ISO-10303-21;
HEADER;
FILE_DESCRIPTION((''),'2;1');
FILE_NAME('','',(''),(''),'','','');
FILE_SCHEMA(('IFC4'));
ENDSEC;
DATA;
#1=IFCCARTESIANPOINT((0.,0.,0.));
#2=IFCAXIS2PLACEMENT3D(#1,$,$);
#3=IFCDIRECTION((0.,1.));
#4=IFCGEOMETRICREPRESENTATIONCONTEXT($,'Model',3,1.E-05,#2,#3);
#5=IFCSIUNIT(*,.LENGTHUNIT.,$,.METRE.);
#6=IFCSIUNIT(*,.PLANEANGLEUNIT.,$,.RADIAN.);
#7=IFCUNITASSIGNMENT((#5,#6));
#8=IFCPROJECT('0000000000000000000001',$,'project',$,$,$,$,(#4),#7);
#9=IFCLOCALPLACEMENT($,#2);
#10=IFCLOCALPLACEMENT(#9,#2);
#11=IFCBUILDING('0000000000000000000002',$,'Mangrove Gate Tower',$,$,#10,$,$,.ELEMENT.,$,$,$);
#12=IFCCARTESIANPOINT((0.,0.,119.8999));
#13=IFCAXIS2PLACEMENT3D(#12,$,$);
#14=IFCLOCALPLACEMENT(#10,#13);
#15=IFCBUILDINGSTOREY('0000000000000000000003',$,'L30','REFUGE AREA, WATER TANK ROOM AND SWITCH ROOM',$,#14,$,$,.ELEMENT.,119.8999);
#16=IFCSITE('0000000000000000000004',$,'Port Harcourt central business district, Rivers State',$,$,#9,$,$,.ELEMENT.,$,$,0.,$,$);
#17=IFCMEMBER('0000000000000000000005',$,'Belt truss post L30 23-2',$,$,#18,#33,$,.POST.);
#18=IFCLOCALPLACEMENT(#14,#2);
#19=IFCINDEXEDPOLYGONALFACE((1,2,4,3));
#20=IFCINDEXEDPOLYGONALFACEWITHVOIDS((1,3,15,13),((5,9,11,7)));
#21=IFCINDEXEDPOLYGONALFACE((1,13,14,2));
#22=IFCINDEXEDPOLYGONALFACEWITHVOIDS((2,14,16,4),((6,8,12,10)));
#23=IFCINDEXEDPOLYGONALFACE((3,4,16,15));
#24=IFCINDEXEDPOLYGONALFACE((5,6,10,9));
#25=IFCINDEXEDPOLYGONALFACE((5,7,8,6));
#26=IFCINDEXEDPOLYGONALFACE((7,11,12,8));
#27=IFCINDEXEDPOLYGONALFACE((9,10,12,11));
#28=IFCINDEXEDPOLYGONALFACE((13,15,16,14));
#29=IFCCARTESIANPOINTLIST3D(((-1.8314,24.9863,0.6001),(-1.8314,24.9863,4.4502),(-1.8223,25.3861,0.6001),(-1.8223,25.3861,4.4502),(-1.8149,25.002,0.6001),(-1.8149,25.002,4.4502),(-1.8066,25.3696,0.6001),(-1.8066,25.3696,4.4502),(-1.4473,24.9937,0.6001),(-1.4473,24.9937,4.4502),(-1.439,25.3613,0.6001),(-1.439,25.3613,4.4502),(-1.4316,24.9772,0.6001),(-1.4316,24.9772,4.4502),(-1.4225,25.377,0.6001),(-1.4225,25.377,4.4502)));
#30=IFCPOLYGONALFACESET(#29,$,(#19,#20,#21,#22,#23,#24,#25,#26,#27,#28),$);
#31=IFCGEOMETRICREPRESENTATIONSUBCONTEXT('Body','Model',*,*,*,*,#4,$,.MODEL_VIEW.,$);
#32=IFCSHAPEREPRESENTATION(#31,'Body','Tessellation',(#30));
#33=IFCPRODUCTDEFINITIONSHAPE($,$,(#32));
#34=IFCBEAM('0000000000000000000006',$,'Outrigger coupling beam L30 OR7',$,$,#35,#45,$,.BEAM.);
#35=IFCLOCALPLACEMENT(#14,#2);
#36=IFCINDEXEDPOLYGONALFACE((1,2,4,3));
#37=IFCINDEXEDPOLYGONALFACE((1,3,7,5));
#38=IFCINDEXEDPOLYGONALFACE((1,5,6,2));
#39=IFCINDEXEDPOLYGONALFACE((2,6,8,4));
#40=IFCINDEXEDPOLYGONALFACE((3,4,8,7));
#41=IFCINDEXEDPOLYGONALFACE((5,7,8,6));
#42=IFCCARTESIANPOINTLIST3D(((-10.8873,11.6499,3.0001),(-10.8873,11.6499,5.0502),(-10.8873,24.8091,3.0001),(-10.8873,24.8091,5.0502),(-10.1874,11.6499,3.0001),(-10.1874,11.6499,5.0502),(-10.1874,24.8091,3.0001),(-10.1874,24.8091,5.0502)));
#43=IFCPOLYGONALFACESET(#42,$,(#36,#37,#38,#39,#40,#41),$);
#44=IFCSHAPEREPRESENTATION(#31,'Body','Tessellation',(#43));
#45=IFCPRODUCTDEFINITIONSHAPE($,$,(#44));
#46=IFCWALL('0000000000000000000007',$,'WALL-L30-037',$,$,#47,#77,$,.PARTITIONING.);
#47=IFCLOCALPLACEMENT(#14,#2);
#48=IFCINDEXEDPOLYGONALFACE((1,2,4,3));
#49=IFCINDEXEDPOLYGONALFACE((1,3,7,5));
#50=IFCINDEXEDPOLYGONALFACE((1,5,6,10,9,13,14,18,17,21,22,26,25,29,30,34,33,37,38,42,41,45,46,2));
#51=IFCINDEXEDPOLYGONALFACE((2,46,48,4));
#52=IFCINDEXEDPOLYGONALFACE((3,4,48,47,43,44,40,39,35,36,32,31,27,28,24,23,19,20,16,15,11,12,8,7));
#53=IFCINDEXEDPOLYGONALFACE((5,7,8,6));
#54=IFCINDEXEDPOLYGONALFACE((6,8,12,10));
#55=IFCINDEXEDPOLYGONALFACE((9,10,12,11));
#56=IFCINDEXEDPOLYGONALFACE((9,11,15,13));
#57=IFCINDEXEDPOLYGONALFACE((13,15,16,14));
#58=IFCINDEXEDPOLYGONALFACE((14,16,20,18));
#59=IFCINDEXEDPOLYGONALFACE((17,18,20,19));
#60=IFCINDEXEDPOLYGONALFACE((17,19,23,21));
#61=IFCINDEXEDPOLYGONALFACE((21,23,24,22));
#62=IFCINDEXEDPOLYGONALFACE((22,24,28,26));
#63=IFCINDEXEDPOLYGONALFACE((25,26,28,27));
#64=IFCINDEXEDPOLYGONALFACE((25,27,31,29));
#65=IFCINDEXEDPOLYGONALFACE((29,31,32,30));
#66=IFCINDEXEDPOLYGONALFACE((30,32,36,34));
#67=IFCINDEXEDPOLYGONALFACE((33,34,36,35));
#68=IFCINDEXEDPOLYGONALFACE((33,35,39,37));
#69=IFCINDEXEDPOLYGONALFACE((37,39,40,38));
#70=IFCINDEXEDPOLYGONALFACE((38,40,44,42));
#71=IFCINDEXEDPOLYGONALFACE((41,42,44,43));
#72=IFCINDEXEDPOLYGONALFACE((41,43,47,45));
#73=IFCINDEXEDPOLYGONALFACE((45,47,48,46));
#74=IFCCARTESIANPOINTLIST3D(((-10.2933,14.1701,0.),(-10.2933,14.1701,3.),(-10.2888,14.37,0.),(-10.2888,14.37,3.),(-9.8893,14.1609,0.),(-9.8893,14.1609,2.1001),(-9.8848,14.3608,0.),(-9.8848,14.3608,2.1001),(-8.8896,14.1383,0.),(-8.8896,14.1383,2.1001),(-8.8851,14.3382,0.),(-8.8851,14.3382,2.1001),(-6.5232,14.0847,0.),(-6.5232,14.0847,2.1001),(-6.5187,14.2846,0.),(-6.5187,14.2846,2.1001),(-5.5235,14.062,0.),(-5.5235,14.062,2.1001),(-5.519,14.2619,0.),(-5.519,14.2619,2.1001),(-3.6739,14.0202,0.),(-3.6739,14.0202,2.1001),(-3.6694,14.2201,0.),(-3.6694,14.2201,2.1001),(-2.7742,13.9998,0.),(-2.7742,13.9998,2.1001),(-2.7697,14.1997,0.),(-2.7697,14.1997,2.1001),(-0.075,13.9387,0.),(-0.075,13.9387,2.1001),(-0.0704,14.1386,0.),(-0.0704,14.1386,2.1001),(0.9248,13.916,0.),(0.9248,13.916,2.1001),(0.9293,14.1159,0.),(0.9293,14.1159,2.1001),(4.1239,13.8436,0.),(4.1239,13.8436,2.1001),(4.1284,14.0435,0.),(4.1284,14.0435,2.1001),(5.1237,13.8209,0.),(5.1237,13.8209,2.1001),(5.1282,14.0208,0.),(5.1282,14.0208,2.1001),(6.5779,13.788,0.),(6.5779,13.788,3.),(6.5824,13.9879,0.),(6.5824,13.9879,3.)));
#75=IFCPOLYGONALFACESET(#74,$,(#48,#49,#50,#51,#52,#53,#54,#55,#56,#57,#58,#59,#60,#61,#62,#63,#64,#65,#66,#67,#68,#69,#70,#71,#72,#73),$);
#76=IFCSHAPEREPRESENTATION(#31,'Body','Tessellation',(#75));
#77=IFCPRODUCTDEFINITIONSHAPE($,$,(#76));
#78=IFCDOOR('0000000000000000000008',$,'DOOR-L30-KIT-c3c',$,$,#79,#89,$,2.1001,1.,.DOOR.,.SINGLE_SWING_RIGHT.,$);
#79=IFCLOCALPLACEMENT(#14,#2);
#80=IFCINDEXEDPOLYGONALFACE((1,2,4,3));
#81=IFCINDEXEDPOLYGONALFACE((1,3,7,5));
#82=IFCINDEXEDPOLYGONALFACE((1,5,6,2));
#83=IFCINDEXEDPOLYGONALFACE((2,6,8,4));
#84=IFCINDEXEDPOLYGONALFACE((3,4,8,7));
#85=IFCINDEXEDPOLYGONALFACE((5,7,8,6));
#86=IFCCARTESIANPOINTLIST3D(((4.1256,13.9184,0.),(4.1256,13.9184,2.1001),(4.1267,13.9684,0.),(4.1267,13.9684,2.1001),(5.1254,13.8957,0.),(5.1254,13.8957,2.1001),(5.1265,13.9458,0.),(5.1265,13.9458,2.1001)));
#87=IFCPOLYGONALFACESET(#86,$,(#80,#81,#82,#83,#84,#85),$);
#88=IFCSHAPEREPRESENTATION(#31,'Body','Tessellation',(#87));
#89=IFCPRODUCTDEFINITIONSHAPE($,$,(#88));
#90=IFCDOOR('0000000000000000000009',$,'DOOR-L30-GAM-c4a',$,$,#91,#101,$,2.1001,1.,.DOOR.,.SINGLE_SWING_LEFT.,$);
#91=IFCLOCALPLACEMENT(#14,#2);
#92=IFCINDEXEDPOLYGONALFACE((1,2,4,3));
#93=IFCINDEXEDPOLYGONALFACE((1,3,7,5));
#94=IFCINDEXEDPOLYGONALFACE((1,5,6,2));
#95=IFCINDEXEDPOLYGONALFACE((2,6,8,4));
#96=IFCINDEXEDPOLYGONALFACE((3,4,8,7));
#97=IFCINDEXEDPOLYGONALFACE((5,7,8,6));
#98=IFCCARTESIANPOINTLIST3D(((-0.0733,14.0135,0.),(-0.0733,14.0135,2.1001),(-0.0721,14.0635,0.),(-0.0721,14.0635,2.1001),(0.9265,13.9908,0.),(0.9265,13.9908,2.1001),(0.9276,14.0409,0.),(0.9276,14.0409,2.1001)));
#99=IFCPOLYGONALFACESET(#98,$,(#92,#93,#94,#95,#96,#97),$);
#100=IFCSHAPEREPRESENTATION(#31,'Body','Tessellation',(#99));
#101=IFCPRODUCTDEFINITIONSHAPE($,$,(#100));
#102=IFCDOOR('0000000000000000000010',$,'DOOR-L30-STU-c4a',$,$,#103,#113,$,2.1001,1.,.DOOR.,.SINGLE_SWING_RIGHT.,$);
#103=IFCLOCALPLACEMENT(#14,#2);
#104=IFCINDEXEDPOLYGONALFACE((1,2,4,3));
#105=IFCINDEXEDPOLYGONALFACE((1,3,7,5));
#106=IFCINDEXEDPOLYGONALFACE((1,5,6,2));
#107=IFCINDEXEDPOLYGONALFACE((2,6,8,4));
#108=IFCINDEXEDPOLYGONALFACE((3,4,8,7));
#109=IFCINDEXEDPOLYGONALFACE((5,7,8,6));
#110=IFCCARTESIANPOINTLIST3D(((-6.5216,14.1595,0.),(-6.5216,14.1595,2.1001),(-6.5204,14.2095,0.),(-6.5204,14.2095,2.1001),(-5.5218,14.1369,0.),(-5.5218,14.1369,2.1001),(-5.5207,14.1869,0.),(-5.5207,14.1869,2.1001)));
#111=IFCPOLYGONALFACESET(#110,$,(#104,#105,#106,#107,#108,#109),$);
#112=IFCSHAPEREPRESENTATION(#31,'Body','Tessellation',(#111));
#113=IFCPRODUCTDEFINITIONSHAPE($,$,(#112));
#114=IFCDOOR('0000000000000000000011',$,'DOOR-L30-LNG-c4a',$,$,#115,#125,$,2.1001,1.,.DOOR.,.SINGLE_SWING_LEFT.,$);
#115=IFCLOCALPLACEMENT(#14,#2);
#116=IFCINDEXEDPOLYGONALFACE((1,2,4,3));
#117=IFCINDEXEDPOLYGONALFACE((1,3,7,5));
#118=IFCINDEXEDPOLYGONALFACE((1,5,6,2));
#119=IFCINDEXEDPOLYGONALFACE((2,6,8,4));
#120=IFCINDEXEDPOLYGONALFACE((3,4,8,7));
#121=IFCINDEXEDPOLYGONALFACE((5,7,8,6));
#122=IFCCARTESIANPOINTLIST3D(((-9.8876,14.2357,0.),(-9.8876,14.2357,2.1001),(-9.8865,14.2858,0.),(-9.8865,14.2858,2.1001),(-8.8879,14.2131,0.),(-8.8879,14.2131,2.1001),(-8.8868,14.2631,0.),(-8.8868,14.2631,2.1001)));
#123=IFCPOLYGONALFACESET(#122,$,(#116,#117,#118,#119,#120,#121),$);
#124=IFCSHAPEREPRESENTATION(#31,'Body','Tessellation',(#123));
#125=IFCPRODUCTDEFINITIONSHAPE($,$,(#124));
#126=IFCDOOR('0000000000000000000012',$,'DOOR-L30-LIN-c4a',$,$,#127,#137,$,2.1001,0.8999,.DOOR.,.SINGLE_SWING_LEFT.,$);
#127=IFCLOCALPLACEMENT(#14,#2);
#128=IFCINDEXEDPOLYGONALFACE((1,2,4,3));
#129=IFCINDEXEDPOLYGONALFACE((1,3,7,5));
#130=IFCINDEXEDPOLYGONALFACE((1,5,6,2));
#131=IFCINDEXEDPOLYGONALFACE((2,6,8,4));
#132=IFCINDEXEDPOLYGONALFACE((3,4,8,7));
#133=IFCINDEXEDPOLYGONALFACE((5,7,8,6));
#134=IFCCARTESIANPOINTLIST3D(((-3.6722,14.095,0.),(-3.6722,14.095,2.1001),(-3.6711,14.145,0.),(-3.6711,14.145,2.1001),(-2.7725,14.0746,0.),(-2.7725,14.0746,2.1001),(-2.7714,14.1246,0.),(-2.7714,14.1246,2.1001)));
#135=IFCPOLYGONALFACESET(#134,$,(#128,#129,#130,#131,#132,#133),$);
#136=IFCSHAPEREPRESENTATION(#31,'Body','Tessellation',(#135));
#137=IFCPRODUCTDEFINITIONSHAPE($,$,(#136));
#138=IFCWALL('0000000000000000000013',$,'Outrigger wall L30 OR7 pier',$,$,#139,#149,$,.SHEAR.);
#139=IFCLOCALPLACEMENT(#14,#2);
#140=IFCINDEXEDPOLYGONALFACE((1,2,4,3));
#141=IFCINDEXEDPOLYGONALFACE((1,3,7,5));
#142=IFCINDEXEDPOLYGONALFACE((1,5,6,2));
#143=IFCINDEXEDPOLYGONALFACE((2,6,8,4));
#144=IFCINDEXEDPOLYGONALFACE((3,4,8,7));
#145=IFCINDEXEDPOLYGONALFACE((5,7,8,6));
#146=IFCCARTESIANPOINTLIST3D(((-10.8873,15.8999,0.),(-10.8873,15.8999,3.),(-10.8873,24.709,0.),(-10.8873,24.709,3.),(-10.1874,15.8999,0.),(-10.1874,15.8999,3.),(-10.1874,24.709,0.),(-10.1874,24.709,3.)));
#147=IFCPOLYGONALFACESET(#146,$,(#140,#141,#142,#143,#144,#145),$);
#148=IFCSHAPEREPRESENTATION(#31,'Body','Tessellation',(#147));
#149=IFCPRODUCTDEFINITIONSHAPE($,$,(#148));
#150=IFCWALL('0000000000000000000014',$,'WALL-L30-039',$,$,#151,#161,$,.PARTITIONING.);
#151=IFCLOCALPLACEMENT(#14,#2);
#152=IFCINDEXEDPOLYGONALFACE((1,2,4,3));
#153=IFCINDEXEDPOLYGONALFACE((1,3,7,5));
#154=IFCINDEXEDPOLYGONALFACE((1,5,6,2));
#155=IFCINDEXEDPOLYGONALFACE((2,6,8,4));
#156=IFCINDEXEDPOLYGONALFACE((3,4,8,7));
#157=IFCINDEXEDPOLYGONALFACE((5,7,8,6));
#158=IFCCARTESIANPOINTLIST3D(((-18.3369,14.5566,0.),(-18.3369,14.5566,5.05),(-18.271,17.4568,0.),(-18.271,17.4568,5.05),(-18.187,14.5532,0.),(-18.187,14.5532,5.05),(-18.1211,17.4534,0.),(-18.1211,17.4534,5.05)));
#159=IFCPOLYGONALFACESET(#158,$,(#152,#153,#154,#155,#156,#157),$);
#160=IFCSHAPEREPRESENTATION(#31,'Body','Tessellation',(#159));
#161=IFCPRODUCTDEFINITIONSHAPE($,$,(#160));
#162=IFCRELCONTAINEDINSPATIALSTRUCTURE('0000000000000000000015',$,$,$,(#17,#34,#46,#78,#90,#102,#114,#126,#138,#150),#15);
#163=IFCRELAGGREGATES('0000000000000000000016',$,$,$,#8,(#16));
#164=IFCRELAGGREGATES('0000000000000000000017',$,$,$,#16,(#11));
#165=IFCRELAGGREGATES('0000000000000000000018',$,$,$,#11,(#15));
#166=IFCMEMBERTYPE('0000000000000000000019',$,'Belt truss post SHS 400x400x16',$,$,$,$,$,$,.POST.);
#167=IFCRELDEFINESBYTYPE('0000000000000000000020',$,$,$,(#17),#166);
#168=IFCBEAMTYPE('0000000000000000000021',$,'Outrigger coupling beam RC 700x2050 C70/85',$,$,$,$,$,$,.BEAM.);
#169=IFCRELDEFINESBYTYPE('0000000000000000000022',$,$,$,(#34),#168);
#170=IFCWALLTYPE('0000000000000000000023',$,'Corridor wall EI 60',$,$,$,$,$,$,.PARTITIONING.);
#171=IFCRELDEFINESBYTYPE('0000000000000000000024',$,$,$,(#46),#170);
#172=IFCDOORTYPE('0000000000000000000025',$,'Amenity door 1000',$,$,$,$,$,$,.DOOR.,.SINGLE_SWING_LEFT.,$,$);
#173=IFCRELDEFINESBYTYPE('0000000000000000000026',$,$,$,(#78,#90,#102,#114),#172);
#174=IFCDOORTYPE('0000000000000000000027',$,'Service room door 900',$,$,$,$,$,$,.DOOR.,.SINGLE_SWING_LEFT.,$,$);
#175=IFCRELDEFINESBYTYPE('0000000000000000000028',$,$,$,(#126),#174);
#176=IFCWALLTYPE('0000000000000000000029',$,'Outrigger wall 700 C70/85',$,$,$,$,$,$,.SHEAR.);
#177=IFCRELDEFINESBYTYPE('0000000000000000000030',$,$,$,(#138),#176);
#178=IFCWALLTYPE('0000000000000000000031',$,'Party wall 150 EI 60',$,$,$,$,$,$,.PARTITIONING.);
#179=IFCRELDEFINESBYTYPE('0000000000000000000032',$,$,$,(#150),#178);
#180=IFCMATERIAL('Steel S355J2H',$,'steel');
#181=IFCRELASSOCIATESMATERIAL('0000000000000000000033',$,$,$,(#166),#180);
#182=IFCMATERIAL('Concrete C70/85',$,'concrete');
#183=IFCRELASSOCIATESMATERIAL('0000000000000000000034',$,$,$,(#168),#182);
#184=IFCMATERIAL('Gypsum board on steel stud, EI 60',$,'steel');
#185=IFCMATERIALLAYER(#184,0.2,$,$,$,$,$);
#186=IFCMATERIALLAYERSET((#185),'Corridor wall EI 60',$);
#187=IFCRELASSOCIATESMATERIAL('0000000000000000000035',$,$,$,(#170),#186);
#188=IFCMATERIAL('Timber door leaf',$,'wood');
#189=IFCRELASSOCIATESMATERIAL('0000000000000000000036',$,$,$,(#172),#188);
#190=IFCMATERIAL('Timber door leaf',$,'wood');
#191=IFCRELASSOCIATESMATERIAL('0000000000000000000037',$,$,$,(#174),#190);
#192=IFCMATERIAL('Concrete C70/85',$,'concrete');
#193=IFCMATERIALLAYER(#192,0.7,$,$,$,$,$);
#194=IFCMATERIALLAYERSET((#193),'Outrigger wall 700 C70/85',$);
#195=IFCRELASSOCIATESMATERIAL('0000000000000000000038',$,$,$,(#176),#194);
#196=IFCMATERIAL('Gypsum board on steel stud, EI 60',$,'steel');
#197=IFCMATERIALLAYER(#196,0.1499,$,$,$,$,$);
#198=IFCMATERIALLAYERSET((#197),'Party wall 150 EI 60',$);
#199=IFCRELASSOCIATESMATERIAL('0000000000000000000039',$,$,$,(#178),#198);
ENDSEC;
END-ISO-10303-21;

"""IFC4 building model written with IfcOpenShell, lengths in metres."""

from ifc_helpers import new_model, si_unit, direction, frame, frame_2d, origin, origin_2d, place, context, subcontext, project, spatial, rectangle, hollow_rectangle, extrude, material, layer, layer_set, material_profile, profile_set, type_object, element, fill, save


model = new_model("IFC4")

# Units and contexts
model_context = context("Model", 3, precision=1e-05, world=origin(), true_north=direction((0.0, 1.0)))
body_context = subcontext(model_context, "Body", "Model", "MODEL_VIEW")
ifc_project = project(units=[si_unit("LENGTHUNIT", "METRE"), si_unit("PLANEANGLEUNIT", "RADIAN")], contexts=[model_context])

# Site, building, storey
site_placement = place(None, origin())
site = spatial("IfcSite", under=ifc_project, at=site_placement, Name="Port Harcourt central business district, Rivers State", CompositionType="ELEMENT", RefElevation=0.0)
building_placement = place(site_placement, origin())
building = spatial("IfcBuilding", under=site, at=building_placement, Name="Mangrove Gate Tower", CompositionType="ELEMENT")
storey_placement = place(building_placement, frame((0.0, 0.0, 119.8999)))
storey = spatial("IfcBuildingStorey", under=building, at=storey_placement, Name="L30", Description="REFUGE AREA, WATER TANK ROOM AND SWITCH ROOM", CompositionType="ELEMENT", Elevation=119.8999)

# Member
ifc_material_1 = material(Name="Steel S355J2H", Category="steel")
ifc_material_profile_1 = material_profile(ifc_material_1, hollow_rectangle(XDim=0.3999, YDim=0.3999, WallThickness=0.0161, at=origin_2d()))
ifc_profile_set_1 = profile_set([ifc_material_profile_1], Name="Steel S355J2H")
member_type = type_object("IfcMemberType", Name="Belt truss post SHS 400x400x16", PredefinedType="POST", material=ifc_profile_set_1)
member_placement = place(storey_placement, frame((-1.627, 25.1816, 0.6001), z_axis=(0.0, 0.0, 1.0), x_axis=(-0.999742, 0.022714, 0.0)))
element("IfcMember", 1, at=member_placement, inside=storey, type_object=member_type, Name="Belt truss post L30 23-2", PredefinedType="POST", context=body_context, shape_type="SweptSolid", body=[
    extrude(hollow_rectangle(XDim=0.3999, YDim=0.3999, WallThickness=0.0161, at=origin_2d()), origin(), (0.0, 0.0, 1.0), 3.8501),
])

# Beam
ifc_material_2 = material(Name="Concrete C70/85", Category="concrete")
ifc_material_profile_2 = material_profile(ifc_material_2, rectangle(XDim=0.7, YDim=2.05, at=origin_2d()))
ifc_profile_set_2 = profile_set([ifc_material_profile_2], Name="Concrete C70/85")
beam_type = type_object("IfcBeamType", Name="Outrigger coupling beam RC 700x2050 C70/85", PredefinedType="BEAM", material=ifc_profile_set_2)
beam_placement = place(storey_placement, frame((-10.5374, 11.6499, 4.0251), z_axis=(0.0, 1.0, 0.0), x_axis=(-1.0, 0.0, 0.0)))
element("IfcBeam", 2, at=beam_placement, inside=storey, type_object=beam_type, Name="Outrigger coupling beam L30 OR7", PredefinedType="BEAM", context=body_context, shape_type="SweptSolid", body=[
    extrude(rectangle(XDim=0.7, YDim=2.05, at=origin_2d()), origin(), (0.0, 0.0, 1.0), 13.1592),
])

# Wall, openings, doors
ifc_material_3 = material(Name="Gypsum board on steel stud, EI 60", Category="steel")
ifc_layer_1 = layer(ifc_material_3, 0.2)
ifc_layer_set_1 = layer_set([ifc_layer_1], Name="Corridor wall EI 60")
wall_type_1 = type_object("IfcWallType", Name="Corridor wall EI 60", PredefinedType="PARTITIONING", material=ifc_layer_set_1)
wall_1_placement = place(storey_placement, frame((-10.291, 14.27, 0.0), z_axis=(0.0, 0.0, 1.0), x_axis=(0.999744, -0.022641, 0.0)))
wall_1 = element("IfcWall", 3, at=wall_1_placement, inside=storey, type_object=wall_type_1, Name="WALL-L30-037", PredefinedType="PARTITIONING", context=body_context, shape_type="SweptSolid", body=[
    extrude(rectangle(XDim=16.8755, YDim=0.2, at=frame_2d((8.4377, 0.0))), origin(), (0.0, 0.0, 1.0), 3.0),
])
opening_1_placement = place(wall_1_placement, frame((14.4209, 0.0, 0.0)))
opening_1 = element("IfcOpeningElement", 4, at=opening_1_placement, cuts=wall_1, PredefinedType="OPENING", context=body_context, shape_type="SweptSolid", body=[
    extrude(rectangle(XDim=1.0, YDim=2.1001, at=frame_2d((0.5, 1.05))), frame((0.0, 0.1099, 0.0), z_axis=(0.0, -1.0, 0.0), x_axis=(1.0, 0.0, 0.0)), (0.0, 0.0, 1.0), 0.22),
])
opening_2_placement = place(wall_1_placement, frame((10.2209, 0.0, 0.0)))
opening_2 = element("IfcOpeningElement", 5, at=opening_2_placement, cuts=wall_1, PredefinedType="OPENING", context=body_context, shape_type="SweptSolid", body=[
    extrude(rectangle(XDim=1.0, YDim=2.1001, at=frame_2d((0.5, 1.05))), frame((0.0, 0.1099, 0.0), z_axis=(0.0, -1.0, 0.0), x_axis=(1.0, 0.0, 0.0)), (0.0, 0.0, 1.0), 0.22),
])
opening_3_placement = place(wall_1_placement, frame((6.6211, 0.0, 0.0)))
opening_3 = element("IfcOpeningElement", 6, at=opening_3_placement, cuts=wall_1, PredefinedType="OPENING", context=body_context, shape_type="SweptSolid", body=[
    extrude(rectangle(XDim=0.8999, YDim=2.1001, at=frame_2d((0.45, 1.05))), frame((0.0, 0.1099, 0.0), z_axis=(0.0, -1.0, 0.0), x_axis=(1.0, 0.0, 0.0)), (0.0, 0.0, 1.0), 0.22),
])
opening_4_placement = place(wall_1_placement, frame((3.771, 0.0, 0.0)))
opening_4 = element("IfcOpeningElement", 7, at=opening_4_placement, cuts=wall_1, PredefinedType="OPENING", context=body_context, shape_type="SweptSolid", body=[
    extrude(rectangle(XDim=1.0, YDim=2.1001, at=frame_2d((0.5, 1.05))), frame((0.0, 0.1099, 0.0), z_axis=(0.0, -1.0, 0.0), x_axis=(1.0, 0.0, 0.0)), (0.0, 0.0, 1.0), 0.22),
])
opening_5_placement = place(wall_1_placement, frame((0.4041, 0.0, 0.0)))
opening_5 = element("IfcOpeningElement", 8, at=opening_5_placement, cuts=wall_1, PredefinedType="OPENING", context=body_context, shape_type="SweptSolid", body=[
    extrude(rectangle(XDim=1.0, YDim=2.1001, at=frame_2d((0.5, 1.05))), frame((0.0, 0.1099, 0.0), z_axis=(0.0, -1.0, 0.0), x_axis=(1.0, 0.0, 0.0)), (0.0, 0.0, 1.0), 0.22),
])
ifc_material_4 = material(Name="Timber door leaf", Category="wood")
door_type_1 = type_object("IfcDoorType", Name="Amenity door 1000", OperationType="SINGLE_SWING_LEFT", PredefinedType="DOOR", material=ifc_material_4)
door_1_placement = place(opening_1_placement, origin())
door_1 = element("IfcDoor", 9, at=door_1_placement, inside=storey, type_object=door_type_1, Name="DOOR-L30-KIT-c3c", OperationType="SINGLE_SWING_RIGHT", OverallHeight=2.1001, OverallWidth=1.0, PredefinedType="DOOR", context=body_context, shape_type="SweptSolid", body=[
    extrude(rectangle(XDim=1.0, YDim=2.1001, at=frame_2d((0.5, 1.05))), frame((0.0, 0.0249, 0.0), z_axis=(0.0, -1.0, 0.0), x_axis=(1.0, 0.0, 0.0)), (0.0, 0.0, 1.0), 0.05),
])
fill(opening_1, door_1)
door_2_placement = place(opening_2_placement, origin())
door_2 = element("IfcDoor", 10, at=door_2_placement, inside=storey, type_object=door_type_1, Name="DOOR-L30-GAM-c4a", OperationType="SINGLE_SWING_LEFT", OverallHeight=2.1001, OverallWidth=1.0, PredefinedType="DOOR", context=body_context, shape_type="SweptSolid", body=[
    extrude(rectangle(XDim=1.0, YDim=2.1001, at=frame_2d((0.5, 1.05))), frame((0.0, 0.0249, 0.0), z_axis=(0.0, -1.0, 0.0), x_axis=(1.0, 0.0, 0.0)), (0.0, 0.0, 1.0), 0.05),
])
fill(opening_2, door_2)
door_3_placement = place(opening_4_placement, origin())
door_3 = element("IfcDoor", 11, at=door_3_placement, inside=storey, type_object=door_type_1, Name="DOOR-L30-STU-c4a", OperationType="SINGLE_SWING_RIGHT", OverallHeight=2.1001, OverallWidth=1.0, PredefinedType="DOOR", context=body_context, shape_type="SweptSolid", body=[
    extrude(rectangle(XDim=1.0, YDim=2.1001, at=frame_2d((0.5, 1.05))), frame((0.0, 0.0249, 0.0), z_axis=(0.0, -1.0, 0.0), x_axis=(1.0, 0.0, 0.0)), (0.0, 0.0, 1.0), 0.05),
])
fill(opening_4, door_3)
door_4_placement = place(opening_5_placement, origin())
door_4 = element("IfcDoor", 12, at=door_4_placement, inside=storey, type_object=door_type_1, Name="DOOR-L30-LNG-c4a", OperationType="SINGLE_SWING_LEFT", OverallHeight=2.1001, OverallWidth=1.0, PredefinedType="DOOR", context=body_context, shape_type="SweptSolid", body=[
    extrude(rectangle(XDim=1.0, YDim=2.1001, at=frame_2d((0.5, 1.05))), frame((0.0, 0.0249, 0.0), z_axis=(0.0, -1.0, 0.0), x_axis=(1.0, 0.0, 0.0)), (0.0, 0.0, 1.0), 0.05),
])
fill(opening_5, door_4)
ifc_material_5 = material(Name="Timber door leaf", Category="wood")
door_type_2 = type_object("IfcDoorType", Name="Service room door 900", OperationType="SINGLE_SWING_LEFT", PredefinedType="DOOR", material=ifc_material_5)
door_5_placement = place(opening_3_placement, origin())
door_5 = element("IfcDoor", 13, at=door_5_placement, inside=storey, type_object=door_type_2, Name="DOOR-L30-LIN-c4a", OperationType="SINGLE_SWING_LEFT", OverallHeight=2.1001, OverallWidth=0.8999, PredefinedType="DOOR", context=body_context, shape_type="SweptSolid", body=[
    extrude(rectangle(XDim=0.8999, YDim=2.1001, at=frame_2d((0.45, 1.05))), frame((0.0, 0.0249, 0.0), z_axis=(0.0, -1.0, 0.0), x_axis=(1.0, 0.0, 0.0)), (0.0, 0.0, 1.0), 0.05),
])
fill(opening_3, door_5)

# Walls
ifc_material_6 = material(Name="Concrete C70/85", Category="concrete")
ifc_layer_2 = layer(ifc_material_6, 0.7)
ifc_layer_set_2 = layer_set([ifc_layer_2], Name="Outrigger wall 700 C70/85")
wall_type_2 = type_object("IfcWallType", Name="Outrigger wall 700 C70/85", PredefinedType="SHEAR", material=ifc_layer_set_2)
wall_2_placement = place(storey_placement, frame((-10.5374, 15.8999, 0.0), z_axis=(0.0, 0.0, 1.0), x_axis=(0.0, 1.0, 0.0)))
element("IfcWall", 14, at=wall_2_placement, inside=storey, type_object=wall_type_2, Name="Outrigger wall L30 OR7 pier", PredefinedType="SHEAR", context=body_context, shape_type="SweptSolid", body=[
    extrude(rectangle(XDim=8.8091, YDim=0.7, at=frame_2d((4.4045, 0.0))), origin(), (0.0, 0.0, 1.0), 3.0),
])
ifc_material_7 = material(Name="Gypsum board on steel stud, EI 60", Category="steel")
ifc_layer_3 = layer(ifc_material_7, 0.1499)
ifc_layer_set_3 = layer_set([ifc_layer_3], Name="Party wall 150 EI 60")
wall_type_3 = type_object("IfcWallType", Name="Party wall 150 EI 60", PredefinedType="PARTITIONING", material=ifc_layer_set_3)
wall_3_placement = place(storey_placement, frame((-18.262, 14.5549, 0.0), z_axis=(0.0, 0.0, 1.0), x_axis=(0.022723, 0.999742, 0.0)))
element("IfcWall", 15, at=wall_3_placement, inside=storey, type_object=wall_type_3, Name="WALL-L30-039", PredefinedType="PARTITIONING", context=body_context, shape_type="SweptSolid", body=[
    extrude(rectangle(XDim=2.9009, YDim=0.1499, at=frame_2d((1.4504, 0.0))), origin(), (0.0, 0.0, 1.0), 5.05),
])

save(model, "model.ifc")
